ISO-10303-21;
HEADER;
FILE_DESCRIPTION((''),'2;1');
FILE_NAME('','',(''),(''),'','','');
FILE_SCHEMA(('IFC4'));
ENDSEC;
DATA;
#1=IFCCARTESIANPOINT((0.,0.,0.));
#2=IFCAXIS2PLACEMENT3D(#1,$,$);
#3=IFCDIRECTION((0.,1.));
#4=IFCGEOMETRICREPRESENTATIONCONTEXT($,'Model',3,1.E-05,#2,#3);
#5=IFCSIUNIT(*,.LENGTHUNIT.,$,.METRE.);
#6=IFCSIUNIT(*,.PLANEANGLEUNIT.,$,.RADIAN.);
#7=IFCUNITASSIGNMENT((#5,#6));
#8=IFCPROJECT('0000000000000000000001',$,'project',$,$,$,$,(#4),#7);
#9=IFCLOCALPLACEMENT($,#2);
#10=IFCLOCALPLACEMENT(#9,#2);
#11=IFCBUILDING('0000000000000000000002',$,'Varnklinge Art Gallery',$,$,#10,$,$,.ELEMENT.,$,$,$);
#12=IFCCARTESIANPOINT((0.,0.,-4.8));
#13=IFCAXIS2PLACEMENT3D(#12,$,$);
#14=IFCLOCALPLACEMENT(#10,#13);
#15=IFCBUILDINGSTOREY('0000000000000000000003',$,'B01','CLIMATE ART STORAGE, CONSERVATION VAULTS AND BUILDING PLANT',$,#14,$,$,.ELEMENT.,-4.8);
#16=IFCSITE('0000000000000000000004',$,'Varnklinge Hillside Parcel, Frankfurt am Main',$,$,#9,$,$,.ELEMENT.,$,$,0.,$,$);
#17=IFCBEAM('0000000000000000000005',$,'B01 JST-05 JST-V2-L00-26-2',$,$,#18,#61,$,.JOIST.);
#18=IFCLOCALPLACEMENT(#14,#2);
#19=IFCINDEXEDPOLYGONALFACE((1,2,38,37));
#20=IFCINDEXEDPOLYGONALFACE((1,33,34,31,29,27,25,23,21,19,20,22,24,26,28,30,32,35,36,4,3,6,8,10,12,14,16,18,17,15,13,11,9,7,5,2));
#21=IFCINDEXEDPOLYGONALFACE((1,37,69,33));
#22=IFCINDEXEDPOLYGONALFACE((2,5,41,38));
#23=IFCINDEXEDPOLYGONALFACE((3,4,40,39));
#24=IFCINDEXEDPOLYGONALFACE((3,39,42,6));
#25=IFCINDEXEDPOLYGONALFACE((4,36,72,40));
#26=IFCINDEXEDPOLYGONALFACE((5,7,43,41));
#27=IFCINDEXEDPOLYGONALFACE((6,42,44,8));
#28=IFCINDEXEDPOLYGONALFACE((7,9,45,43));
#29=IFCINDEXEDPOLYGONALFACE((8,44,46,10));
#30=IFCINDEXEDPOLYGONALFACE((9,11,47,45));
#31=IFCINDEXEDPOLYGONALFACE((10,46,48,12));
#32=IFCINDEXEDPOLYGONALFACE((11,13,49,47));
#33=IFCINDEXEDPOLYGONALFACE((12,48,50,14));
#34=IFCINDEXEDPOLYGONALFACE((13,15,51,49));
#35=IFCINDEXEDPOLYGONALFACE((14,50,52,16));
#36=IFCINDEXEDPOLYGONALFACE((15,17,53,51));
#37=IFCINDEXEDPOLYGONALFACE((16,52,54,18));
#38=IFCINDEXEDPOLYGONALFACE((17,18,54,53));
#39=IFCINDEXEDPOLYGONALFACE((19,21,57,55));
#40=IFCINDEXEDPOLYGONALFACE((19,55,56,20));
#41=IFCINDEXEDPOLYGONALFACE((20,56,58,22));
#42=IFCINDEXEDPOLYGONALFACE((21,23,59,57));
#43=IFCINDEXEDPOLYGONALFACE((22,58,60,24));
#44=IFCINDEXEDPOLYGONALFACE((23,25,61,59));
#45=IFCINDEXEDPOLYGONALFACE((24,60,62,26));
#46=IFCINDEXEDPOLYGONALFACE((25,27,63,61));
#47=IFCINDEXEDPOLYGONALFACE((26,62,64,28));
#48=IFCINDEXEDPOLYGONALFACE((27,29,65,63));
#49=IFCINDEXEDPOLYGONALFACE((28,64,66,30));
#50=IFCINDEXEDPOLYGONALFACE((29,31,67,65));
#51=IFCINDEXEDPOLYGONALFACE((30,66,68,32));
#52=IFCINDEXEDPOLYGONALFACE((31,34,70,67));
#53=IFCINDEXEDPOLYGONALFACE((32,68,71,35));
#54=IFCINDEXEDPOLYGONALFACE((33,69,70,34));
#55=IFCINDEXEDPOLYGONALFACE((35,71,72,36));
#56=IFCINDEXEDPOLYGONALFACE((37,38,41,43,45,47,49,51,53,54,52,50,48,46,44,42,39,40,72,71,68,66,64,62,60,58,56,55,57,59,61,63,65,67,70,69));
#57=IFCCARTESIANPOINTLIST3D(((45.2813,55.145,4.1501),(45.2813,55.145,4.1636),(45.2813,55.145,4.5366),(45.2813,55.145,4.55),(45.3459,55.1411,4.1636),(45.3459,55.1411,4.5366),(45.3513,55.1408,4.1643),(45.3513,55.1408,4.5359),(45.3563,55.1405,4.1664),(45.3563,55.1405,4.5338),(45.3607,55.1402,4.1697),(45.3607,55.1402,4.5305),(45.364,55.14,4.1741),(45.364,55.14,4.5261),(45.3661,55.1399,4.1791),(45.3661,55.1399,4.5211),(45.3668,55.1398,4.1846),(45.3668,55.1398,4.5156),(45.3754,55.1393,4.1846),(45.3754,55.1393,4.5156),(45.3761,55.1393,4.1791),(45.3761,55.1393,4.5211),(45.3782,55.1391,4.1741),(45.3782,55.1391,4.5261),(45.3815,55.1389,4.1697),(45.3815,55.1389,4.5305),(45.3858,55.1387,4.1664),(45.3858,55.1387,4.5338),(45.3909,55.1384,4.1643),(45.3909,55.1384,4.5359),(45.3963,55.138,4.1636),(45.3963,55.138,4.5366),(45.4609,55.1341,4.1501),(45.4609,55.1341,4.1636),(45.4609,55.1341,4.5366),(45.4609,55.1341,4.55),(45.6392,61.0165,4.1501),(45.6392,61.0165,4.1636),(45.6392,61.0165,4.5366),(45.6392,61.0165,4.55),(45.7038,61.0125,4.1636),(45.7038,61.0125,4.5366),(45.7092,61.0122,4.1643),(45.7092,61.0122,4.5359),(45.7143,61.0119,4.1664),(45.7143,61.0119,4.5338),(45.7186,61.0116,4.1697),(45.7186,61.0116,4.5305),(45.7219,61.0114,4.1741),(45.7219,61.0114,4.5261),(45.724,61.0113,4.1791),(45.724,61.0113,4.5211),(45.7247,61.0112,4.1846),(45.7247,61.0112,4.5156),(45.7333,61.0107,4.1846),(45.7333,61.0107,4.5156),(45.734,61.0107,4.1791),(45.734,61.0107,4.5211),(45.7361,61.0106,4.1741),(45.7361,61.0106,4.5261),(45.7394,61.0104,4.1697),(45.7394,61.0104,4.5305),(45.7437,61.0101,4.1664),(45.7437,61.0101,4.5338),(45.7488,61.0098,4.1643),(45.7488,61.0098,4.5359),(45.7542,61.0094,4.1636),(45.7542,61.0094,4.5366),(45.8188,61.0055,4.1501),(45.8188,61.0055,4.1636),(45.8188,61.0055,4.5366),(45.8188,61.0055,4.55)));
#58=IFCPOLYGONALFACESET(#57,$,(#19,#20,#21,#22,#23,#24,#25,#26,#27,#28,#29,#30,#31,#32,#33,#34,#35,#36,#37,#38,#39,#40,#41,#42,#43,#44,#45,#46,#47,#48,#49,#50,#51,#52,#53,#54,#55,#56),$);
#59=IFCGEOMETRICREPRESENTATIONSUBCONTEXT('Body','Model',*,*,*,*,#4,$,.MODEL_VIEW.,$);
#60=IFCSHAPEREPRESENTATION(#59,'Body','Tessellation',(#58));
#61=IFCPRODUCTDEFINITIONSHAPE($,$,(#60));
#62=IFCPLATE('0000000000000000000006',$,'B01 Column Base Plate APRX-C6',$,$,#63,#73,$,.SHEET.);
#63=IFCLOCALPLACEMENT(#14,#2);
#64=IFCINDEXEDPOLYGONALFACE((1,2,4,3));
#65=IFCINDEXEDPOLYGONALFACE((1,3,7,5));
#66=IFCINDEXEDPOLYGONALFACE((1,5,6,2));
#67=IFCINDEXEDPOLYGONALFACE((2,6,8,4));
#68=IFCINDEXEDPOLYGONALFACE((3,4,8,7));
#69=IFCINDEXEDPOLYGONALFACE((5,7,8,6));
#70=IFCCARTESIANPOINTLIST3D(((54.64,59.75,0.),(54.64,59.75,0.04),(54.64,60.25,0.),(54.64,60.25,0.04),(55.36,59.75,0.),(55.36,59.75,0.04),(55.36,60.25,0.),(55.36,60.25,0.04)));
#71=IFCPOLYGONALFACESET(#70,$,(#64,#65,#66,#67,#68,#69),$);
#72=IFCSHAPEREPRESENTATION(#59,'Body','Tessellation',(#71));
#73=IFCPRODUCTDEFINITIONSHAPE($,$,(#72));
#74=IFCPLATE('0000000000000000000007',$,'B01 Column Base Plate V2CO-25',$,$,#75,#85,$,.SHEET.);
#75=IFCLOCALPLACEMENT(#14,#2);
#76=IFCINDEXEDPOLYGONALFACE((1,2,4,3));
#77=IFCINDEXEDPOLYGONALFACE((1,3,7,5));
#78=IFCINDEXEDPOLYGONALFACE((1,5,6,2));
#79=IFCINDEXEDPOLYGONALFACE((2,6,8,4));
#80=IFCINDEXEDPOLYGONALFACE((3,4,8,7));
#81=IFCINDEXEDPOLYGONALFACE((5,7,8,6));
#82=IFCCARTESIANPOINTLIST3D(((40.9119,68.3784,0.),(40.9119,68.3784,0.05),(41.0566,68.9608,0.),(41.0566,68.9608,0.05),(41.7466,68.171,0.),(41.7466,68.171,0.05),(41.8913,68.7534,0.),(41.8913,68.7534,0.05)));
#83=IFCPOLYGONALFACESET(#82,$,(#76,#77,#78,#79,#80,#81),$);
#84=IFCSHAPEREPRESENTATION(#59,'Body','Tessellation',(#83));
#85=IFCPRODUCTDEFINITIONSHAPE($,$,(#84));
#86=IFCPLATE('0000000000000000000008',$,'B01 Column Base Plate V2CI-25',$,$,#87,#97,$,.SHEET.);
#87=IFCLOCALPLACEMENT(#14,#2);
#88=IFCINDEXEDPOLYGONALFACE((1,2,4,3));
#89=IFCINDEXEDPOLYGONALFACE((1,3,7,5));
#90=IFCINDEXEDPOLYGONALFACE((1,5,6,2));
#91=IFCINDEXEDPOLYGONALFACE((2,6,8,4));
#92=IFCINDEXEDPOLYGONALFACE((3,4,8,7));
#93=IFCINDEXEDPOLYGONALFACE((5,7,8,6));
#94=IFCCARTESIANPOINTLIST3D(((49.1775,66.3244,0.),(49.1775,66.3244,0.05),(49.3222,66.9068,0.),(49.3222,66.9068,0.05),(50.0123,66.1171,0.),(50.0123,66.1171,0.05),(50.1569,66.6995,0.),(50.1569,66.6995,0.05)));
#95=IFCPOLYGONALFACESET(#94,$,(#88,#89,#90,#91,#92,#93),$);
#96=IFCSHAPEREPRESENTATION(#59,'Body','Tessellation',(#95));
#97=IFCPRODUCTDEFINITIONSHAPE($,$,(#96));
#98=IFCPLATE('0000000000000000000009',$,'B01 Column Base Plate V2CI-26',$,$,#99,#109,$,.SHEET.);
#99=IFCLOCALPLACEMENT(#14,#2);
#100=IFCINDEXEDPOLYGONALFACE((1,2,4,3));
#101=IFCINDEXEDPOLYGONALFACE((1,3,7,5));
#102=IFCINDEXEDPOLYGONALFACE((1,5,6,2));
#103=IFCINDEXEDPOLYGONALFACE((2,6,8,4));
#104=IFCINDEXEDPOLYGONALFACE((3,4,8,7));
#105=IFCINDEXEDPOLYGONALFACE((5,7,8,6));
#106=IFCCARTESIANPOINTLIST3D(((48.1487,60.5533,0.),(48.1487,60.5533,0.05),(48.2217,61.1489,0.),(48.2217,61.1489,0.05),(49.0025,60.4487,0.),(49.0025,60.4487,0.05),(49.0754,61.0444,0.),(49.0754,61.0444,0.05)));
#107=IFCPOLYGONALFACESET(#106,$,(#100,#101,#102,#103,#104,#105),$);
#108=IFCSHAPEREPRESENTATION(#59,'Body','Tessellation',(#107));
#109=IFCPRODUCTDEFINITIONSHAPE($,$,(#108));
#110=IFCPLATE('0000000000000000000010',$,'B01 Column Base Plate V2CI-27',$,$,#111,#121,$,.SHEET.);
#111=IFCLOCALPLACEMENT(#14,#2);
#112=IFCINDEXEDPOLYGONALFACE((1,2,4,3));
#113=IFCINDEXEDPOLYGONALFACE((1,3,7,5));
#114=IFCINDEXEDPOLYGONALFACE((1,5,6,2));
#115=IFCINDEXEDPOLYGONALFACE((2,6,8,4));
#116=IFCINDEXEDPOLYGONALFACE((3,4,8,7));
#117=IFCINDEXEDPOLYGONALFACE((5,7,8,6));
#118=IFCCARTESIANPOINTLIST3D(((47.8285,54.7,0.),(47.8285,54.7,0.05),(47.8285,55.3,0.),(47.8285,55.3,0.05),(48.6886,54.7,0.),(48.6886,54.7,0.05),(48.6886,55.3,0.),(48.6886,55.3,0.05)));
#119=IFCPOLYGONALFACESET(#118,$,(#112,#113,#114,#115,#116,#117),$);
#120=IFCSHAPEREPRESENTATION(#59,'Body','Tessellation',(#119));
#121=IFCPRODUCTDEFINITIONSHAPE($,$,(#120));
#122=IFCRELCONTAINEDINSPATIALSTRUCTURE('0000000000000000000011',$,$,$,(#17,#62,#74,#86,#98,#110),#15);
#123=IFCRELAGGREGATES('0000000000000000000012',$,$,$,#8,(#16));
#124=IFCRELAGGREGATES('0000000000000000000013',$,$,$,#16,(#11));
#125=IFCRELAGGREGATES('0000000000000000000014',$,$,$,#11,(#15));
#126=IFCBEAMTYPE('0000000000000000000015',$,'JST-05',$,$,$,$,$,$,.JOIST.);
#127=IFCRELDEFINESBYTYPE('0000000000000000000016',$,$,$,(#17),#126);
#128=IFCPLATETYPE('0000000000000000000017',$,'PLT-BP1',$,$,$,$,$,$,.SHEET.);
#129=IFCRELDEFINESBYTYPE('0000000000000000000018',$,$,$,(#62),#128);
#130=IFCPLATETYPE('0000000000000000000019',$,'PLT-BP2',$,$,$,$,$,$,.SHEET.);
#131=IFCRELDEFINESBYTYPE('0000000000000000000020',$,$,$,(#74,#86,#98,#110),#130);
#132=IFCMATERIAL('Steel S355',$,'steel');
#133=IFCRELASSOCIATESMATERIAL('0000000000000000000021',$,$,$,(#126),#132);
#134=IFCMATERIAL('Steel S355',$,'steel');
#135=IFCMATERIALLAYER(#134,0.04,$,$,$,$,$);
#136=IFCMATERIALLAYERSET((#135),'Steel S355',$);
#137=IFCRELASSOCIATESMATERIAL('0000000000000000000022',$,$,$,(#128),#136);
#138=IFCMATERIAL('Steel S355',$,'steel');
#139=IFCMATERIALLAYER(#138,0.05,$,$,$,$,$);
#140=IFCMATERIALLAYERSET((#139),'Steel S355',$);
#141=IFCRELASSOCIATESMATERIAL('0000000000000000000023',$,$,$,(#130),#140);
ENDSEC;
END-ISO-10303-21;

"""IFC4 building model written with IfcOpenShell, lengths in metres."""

from ifc_helpers import new_model, si_unit, direction, frame, origin, origin_2d, place, context, subcontext, project, spatial, rectangle, i_section, extrude, material, layer, layer_set, material_profile, profile_set, type_object, element, save


model = new_model("IFC4")

# Units and contexts
model_context = context("Model", 3, precision=1e-05, world=origin(), true_north=direction((0.0, 1.0)))
body_context = subcontext(model_context, "Body", "Model", "MODEL_VIEW")
ifc_project = project(units=[si_unit("LENGTHUNIT", "METRE"), si_unit("PLANEANGLEUNIT", "RADIAN")], contexts=[model_context])

# Site, building, storey
site_placement = place(None, origin())
site = spatial("IfcSite", under=ifc_project, at=site_placement, Name="Varnklinge Hillside Parcel, Frankfurt am Main", CompositionType="ELEMENT", RefElevation=0.0)
building_placement = place(site_placement, origin())
building = spatial("IfcBuilding", under=site, at=building_placement, Name="Varnklinge Art Gallery", CompositionType="ELEMENT")
storey_placement = place(building_placement, frame((0.0, 0.0, -4.8)))
storey = spatial("IfcBuildingStorey", under=building, at=storey_placement, Name="B01", Description="CLIMATE ART STORAGE, CONSERVATION VAULTS AND BUILDING PLANT", CompositionType="ELEMENT", Elevation=-4.8)

# Beam
ifc_material_1 = material(Name="Steel S355", Category="steel")
ifc_material_profile_1 = material_profile(ifc_material_1, i_section(OverallWidth=0.1799, OverallDepth=0.3999, WebThickness=0.0085, FlangeThickness=0.0134, FilletRadius=0.021, at=origin_2d()), Name="IPE 400")
ifc_profile_set_1 = profile_set([ifc_material_profile_1], Name="Steel S355")
beam_type_1 = type_object("IfcBeamType", Name="JST-05", PredefinedType="JOIST", material=ifc_profile_set_1)
beam_1_placement = place(storey_placement, frame((45.729, 61.011, 4.3501), z_axis=(-0.060846, -0.998147, 0.0), x_axis=(0.998147, -0.060846, 0.0)))
element("IfcBeam", 1, at=beam_1_placement, inside=storey, type_object=beam_type_1, Name="B01 JST-05 JST-V2-L00-26-2", PredefinedType="JOIST", context=body_context, shape_type="SweptSolid", body=[
    extrude(i_section(OverallWidth=0.1799, OverallDepth=0.3999, WebThickness=0.0085, FlangeThickness=0.0134, FilletRadius=0.021, at=origin_2d()), origin(), (0.0, 0.0, 1.0), 5.8823),
])

# Plates
ifc_material_2 = material(Name="Steel S355", Category="steel")
ifc_layer_1 = layer(ifc_material_2, 0.04)
ifc_layer_set_1 = layer_set([ifc_layer_1], Name="Steel S355")
plate_type_1 = type_object("IfcPlateType", Name="PLT-BP1", PredefinedType="SHEET", material=ifc_layer_set_1)
plate_placement = place(storey_placement, frame((55.0, 60.0, 0.0), z_axis=(0.0, 0.0, 1.0), x_axis=(1.0, 0.0, 0.0)))
element("IfcPlate", 2, at=plate_placement, inside=storey, type_object=plate_type_1, Name="B01 Column Base Plate APRX-C6", PredefinedType="SHEET", context=body_context, shape_type="SweptSolid", body=[
    extrude(rectangle(XDim=0.72, YDim=0.5, at=origin_2d()), origin(), (0.0, 0.0, 1.0), 0.04),
])
ifc_material_3 = material(Name="Steel S355", Category="steel")
ifc_layer_2 = layer(ifc_material_3, 0.05)
ifc_layer_set_2 = layer_set([ifc_layer_2], Name="Steel S355")
plate_type_2 = type_object("IfcPlateType", Name="PLT-BP2", PredefinedType="SHEET", material=ifc_layer_set_2)
for number, where, z_axis, x_axis, name in (
    (3, (41.4016, 68.5659, 0.0), (0.0, 0.0, 1.0), (0.970506, -0.241075, 0.0), "B01 Column Base Plate V2CO-25"),
    (4, (49.6672, 66.512, 0.0), (0.0, 0.0, 1.0), (0.970506, -0.241075, 0.0), "B01 Column Base Plate V2CI-25"),
    (5, (48.6121, 60.7988, 0.0), (0.0, 0.0, 1.0), (0.992589, -0.121523, 0.0), "B01 Column Base Plate V2CI-26"),
    (6, (48.2585, 55.0, 0.0), (0.0, 0.0, 1.0), (1.0, 0.0, 0.0), "B01 Column Base Plate V2CI-27"),
):
    element("IfcPlate", number, at=place(storey_placement, frame(where, z_axis=z_axis, x_axis=x_axis)), inside=storey, type_object=plate_type_2, Name=name, PredefinedType="SHEET", context=body_context, shape_type="SweptSolid", body=[
        extrude(rectangle(XDim=0.8601, YDim=0.6001, at=origin_2d()), origin(), (0.0, 0.0, 1.0), 0.05),
    ])

save(model, "model.ifc")
